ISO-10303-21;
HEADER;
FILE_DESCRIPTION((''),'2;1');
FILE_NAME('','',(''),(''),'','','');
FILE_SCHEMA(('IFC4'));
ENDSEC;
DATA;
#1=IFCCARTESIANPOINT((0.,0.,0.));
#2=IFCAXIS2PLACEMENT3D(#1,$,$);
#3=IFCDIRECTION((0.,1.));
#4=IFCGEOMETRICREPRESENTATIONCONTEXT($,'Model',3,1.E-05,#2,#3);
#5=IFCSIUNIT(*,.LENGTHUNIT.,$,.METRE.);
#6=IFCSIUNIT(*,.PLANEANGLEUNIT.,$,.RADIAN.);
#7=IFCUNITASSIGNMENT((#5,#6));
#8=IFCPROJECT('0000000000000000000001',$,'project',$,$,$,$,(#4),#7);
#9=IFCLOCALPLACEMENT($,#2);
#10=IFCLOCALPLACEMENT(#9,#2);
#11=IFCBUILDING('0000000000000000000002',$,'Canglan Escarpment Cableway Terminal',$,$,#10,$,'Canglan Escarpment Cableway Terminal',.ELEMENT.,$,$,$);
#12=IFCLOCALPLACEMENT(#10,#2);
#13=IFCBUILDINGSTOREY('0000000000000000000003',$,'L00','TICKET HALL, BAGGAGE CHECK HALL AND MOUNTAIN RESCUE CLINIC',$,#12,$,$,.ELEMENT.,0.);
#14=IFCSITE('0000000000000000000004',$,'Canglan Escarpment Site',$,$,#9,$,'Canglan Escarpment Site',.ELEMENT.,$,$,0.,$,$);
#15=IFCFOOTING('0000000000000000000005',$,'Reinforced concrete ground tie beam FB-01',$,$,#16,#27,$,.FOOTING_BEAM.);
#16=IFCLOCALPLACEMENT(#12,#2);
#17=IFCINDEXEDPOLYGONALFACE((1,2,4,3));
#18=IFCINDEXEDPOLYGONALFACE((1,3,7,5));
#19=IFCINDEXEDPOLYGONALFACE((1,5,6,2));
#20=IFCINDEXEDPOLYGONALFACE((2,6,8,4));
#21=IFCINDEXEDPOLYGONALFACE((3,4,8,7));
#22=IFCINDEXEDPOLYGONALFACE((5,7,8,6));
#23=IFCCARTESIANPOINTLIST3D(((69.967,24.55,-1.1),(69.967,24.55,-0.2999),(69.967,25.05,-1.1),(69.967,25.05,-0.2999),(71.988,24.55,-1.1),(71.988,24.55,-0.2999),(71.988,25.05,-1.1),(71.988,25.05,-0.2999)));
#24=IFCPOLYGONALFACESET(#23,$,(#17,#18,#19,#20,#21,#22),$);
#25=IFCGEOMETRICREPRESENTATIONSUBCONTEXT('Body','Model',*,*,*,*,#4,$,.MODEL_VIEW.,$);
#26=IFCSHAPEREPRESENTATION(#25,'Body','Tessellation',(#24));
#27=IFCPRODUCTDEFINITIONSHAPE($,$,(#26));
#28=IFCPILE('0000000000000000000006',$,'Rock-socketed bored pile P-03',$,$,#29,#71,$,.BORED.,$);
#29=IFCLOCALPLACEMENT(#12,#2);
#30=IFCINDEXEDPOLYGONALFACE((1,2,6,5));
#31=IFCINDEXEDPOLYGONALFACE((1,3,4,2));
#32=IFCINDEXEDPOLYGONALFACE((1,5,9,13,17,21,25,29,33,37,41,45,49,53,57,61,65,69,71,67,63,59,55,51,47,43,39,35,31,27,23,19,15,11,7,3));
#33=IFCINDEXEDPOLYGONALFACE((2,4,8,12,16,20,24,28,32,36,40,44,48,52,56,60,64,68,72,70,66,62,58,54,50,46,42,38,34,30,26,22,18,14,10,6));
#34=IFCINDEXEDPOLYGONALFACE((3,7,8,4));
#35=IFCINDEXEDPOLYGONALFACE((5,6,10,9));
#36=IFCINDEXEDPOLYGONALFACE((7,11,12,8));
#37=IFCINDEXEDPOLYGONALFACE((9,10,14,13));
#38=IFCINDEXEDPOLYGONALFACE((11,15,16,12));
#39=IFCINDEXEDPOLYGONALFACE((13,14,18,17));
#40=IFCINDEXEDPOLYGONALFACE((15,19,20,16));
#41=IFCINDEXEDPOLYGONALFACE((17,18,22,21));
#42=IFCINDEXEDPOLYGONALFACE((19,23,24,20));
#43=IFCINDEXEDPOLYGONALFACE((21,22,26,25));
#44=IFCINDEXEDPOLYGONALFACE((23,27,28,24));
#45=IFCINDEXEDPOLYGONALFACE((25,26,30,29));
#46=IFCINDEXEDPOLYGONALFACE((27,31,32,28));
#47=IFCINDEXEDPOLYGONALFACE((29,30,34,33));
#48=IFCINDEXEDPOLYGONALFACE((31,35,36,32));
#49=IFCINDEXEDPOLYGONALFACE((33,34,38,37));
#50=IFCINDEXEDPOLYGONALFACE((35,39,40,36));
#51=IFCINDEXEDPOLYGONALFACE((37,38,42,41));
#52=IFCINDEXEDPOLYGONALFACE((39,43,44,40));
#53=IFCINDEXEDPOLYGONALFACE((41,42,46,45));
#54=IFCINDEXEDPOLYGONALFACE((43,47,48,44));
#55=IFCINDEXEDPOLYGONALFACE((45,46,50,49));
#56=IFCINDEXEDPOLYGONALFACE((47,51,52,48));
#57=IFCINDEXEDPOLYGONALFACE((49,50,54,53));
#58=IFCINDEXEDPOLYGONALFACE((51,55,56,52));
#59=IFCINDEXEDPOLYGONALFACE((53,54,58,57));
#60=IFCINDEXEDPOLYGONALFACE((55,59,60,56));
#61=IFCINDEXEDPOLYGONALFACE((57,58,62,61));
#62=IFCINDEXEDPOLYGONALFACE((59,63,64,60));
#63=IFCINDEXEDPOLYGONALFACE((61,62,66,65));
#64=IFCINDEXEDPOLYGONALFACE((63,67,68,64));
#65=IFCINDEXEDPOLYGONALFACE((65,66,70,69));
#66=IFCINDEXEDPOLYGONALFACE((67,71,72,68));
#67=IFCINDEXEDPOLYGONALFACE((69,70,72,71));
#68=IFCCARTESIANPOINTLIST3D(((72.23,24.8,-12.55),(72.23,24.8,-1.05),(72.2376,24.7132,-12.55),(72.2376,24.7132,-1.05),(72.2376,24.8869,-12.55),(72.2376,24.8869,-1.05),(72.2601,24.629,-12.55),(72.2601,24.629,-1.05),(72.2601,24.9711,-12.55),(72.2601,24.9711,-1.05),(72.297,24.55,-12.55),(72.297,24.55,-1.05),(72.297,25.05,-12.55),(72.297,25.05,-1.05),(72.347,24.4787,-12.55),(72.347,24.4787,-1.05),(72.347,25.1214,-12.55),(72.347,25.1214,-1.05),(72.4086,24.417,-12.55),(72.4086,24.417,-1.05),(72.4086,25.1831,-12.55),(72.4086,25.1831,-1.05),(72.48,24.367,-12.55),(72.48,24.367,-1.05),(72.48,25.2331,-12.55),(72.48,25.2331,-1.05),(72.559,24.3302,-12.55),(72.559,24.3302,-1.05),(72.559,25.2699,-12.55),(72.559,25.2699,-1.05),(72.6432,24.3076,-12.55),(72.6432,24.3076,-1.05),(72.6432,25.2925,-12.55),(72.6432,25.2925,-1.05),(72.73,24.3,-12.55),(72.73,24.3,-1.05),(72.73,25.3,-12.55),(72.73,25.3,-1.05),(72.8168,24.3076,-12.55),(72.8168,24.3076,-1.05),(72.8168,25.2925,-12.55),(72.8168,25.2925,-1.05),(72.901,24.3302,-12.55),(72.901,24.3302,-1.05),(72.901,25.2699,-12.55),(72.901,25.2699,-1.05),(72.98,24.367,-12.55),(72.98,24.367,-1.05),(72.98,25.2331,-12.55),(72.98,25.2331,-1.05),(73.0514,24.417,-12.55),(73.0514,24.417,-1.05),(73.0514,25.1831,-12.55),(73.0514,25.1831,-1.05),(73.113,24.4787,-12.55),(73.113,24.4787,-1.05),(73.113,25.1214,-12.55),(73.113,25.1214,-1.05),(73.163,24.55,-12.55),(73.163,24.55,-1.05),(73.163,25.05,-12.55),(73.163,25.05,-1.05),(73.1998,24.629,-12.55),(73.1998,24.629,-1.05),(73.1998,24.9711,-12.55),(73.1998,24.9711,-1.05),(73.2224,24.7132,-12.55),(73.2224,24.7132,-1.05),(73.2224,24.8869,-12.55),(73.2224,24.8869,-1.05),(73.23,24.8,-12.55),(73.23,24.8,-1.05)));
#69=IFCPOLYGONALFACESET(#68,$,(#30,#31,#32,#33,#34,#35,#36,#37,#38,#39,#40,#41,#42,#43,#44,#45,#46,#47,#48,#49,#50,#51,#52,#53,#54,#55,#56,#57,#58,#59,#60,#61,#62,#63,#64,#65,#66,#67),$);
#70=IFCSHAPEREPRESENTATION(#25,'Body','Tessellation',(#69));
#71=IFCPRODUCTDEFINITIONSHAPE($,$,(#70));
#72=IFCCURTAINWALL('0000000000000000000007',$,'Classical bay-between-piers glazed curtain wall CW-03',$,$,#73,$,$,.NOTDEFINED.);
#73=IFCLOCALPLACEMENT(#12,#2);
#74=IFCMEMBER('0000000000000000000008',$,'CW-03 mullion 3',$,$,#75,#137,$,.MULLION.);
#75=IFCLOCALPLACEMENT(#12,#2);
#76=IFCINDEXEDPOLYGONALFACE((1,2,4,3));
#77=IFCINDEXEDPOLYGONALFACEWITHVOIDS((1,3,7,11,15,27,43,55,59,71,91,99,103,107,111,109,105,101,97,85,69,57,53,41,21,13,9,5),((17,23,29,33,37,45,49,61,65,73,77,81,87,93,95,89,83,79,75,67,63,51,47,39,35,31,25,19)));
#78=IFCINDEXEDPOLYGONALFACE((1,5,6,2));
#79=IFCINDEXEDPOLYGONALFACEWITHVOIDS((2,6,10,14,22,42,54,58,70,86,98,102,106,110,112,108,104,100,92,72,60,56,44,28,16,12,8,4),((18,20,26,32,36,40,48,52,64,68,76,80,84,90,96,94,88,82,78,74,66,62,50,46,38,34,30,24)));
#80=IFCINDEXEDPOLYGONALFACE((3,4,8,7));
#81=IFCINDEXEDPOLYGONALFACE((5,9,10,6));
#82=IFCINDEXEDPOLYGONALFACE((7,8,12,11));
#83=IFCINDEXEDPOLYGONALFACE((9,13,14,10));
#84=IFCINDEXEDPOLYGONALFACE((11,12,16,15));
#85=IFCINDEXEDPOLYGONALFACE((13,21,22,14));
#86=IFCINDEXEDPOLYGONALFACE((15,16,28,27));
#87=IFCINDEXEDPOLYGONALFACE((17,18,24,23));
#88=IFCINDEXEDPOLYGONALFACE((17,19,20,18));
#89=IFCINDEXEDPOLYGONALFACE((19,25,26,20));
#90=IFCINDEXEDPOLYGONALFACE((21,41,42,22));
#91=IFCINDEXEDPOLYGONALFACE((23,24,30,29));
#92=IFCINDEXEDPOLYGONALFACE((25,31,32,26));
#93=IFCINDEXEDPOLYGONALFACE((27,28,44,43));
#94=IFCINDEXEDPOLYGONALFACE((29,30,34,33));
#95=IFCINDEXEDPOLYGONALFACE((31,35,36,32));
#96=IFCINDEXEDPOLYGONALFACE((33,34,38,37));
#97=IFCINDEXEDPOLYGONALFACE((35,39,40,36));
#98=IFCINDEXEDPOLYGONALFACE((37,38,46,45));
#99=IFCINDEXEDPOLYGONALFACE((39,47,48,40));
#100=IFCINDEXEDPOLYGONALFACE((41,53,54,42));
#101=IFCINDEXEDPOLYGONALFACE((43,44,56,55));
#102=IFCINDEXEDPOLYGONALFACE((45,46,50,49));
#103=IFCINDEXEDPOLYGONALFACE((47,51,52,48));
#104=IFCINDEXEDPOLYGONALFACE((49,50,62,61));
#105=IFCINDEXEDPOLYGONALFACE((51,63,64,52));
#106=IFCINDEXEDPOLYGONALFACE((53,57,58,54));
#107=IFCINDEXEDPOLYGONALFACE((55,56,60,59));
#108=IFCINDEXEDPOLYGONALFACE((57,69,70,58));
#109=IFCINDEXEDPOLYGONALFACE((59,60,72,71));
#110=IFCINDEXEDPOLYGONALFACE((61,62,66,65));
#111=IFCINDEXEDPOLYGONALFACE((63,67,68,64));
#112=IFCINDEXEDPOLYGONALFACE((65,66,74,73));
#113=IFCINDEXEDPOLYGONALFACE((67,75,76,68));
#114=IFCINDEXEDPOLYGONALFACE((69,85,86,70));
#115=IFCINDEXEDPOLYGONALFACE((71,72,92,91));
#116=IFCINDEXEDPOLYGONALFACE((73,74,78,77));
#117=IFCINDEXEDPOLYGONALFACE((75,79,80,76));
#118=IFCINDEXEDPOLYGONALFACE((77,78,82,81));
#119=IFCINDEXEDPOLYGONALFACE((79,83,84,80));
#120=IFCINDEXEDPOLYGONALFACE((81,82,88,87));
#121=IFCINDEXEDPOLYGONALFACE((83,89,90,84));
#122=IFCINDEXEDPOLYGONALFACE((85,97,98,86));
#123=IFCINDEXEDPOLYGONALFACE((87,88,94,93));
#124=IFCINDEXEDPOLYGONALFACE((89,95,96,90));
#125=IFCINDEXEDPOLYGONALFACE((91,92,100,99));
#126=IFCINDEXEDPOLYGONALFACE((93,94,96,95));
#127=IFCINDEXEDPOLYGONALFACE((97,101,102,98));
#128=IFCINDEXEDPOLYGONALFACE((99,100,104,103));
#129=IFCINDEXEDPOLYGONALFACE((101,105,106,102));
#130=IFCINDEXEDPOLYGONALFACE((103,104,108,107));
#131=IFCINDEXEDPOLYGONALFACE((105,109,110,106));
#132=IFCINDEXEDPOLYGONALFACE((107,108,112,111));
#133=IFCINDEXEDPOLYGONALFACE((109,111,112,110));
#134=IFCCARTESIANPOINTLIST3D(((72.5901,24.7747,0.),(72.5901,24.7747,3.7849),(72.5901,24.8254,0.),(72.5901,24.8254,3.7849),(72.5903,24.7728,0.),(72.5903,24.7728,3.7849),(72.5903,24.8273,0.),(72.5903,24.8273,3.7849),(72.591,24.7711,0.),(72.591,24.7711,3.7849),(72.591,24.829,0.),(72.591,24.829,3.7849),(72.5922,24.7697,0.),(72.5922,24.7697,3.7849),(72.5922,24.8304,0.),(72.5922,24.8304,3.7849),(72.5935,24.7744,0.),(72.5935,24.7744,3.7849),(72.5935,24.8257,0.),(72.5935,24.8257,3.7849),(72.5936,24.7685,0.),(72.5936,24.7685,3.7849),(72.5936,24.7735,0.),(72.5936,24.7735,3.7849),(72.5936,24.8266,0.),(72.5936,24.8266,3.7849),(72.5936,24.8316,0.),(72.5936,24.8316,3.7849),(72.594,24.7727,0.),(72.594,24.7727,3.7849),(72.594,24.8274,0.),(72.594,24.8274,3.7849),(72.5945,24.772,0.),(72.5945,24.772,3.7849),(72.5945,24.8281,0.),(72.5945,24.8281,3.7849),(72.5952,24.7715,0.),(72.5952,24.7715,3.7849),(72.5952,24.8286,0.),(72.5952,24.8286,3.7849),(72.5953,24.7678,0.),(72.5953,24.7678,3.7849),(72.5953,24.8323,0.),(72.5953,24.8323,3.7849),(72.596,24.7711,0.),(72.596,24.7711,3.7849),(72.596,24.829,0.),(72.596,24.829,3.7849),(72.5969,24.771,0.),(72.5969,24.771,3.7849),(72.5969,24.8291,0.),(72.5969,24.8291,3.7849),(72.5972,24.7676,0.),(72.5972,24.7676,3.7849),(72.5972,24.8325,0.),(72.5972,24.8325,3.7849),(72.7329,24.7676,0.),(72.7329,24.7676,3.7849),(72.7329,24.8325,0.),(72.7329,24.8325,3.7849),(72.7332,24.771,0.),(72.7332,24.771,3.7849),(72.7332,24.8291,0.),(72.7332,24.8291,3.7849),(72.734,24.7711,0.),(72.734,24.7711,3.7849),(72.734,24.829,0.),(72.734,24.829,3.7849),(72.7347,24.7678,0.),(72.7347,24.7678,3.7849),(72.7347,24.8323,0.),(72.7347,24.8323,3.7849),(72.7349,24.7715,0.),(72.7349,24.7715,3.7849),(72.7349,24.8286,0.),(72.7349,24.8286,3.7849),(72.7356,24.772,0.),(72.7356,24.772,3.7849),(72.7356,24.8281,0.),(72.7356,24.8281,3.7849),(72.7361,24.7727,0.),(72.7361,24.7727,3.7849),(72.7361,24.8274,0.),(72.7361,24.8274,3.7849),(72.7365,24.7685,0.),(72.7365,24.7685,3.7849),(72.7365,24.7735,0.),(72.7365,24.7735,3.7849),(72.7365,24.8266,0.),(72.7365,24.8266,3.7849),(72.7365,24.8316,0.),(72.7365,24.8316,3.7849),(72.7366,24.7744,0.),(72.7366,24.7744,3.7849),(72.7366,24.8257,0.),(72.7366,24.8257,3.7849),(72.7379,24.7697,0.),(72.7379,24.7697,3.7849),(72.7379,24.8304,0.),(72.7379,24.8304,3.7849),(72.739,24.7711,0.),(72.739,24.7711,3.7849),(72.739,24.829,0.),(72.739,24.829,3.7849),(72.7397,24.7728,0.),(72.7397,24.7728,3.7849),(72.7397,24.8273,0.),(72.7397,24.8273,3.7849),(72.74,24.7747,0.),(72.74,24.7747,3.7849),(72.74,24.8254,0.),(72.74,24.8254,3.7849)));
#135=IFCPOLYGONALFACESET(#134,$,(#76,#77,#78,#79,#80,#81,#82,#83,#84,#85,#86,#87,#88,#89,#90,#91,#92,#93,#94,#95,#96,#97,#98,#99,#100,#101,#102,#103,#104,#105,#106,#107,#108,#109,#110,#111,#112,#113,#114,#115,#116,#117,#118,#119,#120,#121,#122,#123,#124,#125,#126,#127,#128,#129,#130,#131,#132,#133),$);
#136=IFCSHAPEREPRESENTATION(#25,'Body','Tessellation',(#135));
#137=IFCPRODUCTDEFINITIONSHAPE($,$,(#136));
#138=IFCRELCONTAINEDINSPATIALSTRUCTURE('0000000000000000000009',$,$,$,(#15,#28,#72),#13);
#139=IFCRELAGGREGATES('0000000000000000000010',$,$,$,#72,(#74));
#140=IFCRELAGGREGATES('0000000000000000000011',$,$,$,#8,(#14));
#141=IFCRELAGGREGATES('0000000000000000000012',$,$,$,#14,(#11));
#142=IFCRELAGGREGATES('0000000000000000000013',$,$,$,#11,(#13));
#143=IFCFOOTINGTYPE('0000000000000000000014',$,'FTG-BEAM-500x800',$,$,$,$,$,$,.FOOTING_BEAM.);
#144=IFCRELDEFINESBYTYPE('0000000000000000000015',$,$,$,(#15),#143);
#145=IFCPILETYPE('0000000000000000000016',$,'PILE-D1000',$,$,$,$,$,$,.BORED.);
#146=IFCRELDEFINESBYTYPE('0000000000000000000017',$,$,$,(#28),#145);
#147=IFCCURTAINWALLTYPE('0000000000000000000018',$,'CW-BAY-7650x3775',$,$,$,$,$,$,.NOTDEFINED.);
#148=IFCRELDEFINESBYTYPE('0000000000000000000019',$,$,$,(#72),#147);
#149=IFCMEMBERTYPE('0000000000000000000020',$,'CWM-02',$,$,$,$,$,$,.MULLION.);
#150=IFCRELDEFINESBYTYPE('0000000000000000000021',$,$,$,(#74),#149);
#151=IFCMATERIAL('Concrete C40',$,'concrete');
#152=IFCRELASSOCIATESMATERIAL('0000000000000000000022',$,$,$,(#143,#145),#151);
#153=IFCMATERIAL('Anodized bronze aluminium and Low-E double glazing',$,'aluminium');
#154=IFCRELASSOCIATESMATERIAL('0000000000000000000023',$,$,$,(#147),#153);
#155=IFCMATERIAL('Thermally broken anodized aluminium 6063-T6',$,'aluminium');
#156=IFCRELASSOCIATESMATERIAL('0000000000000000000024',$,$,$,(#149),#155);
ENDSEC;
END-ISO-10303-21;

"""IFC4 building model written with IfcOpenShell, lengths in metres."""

from ifc_helpers import new_model, si_unit, direction, frame, origin, origin_2d, place, context, subcontext, project, spatial, rectangle, hollow_rectangle, circle, extrude, material, material_profile, profile_set, type_object, element, aggregate, save


model = new_model("IFC4")

# Units and contexts
model_context = context("Model", 3, precision=1e-05, world=origin(), true_north=direction((0.0, 1.0)))
body_context = subcontext(model_context, "Body", "Model", "MODEL_VIEW")
ifc_project = project(units=[si_unit("LENGTHUNIT", "METRE"), si_unit("PLANEANGLEUNIT", "RADIAN")], contexts=[model_context])

# Site, building, storey
site_placement = place(None, origin())
site = spatial("IfcSite", under=ifc_project, at=site_placement, Name="Canglan Escarpment Site", LongName="Canglan Escarpment Site", CompositionType="ELEMENT", RefElevation=0.0)
building_placement = place(site_placement, origin())
building = spatial("IfcBuilding", under=site, at=building_placement, Name="Canglan Escarpment Cableway Terminal", LongName="Canglan Escarpment Cableway Terminal", CompositionType="ELEMENT")
storey_placement = place(building_placement, origin())
storey = spatial("IfcBuildingStorey", under=building, at=storey_placement, Name="L00", Description="TICKET HALL, BAGGAGE CHECK HALL AND MOUNTAIN RESCUE CLINIC", CompositionType="ELEMENT", Elevation=0.0)

# Footing
ifc_material_1 = material(Name="Concrete C40", Category="concrete")
ifc_material_profile_1 = material_profile(ifc_material_1, rectangle(XDim=0.5, YDim=0.8, at=origin_2d()), Name="FB 500x800")
ifc_profile_set_1 = profile_set([ifc_material_profile_1], Name="Concrete C40")
footing_type = type_object("IfcFootingType", Name="FTG-BEAM-500x800", PredefinedType="FOOTING_BEAM", material=ifc_profile_set_1)
footing_placement = place(storey_placement, frame((69.967, 24.8, -0.7), z_axis=(1.0, 0.0, 0.0), x_axis=(0.0, 1.0, 0.0)))
element("IfcFooting", 1, at=footing_placement, inside=storey, type_object=footing_type, Name="Reinforced concrete ground tie beam FB-01", PredefinedType="FOOTING_BEAM", context=body_context, shape_type="SweptSolid", body=[
    extrude(rectangle(XDim=0.5, YDim=0.8, at=origin_2d()), origin(), (0.0, 0.0, 1.0), 2.021),
])

# Pile
ifc_material_profile_2 = material_profile(ifc_material_1, circle(Radius=0.5, at=origin_2d()), Name="BORED PILE D1000")
ifc_profile_set_2 = profile_set([ifc_material_profile_2], Name="Concrete C40")
pile_type = type_object("IfcPileType", Name="PILE-D1000", PredefinedType="BORED", material=ifc_profile_set_2)
pile_placement = place(storey_placement, frame((72.73, 24.8, -1.05), z_axis=(0.0, 0.0, -1.0), x_axis=(1.0, 0.0, 0.0)))
element("IfcPile", 2, at=pile_placement, inside=storey, type_object=pile_type, Name="Rock-socketed bored pile P-03", PredefinedType="BORED", context=body_context, shape_type="SweptSolid", body=[
    extrude(circle(Radius=0.5, at=origin_2d()), origin(), (0.0, 0.0, 1.0), 11.5),
])

# Curtain wall, member
ifc_material_2 = material(Name="Anodized bronze aluminium and Low-E double glazing", Category="aluminium")
curtain_wall_type = type_object("IfcCurtainWallType", Name="CW-BAY-7650x3775", PredefinedType="NOTDEFINED", material=ifc_material_2)
curtain_wall_placement = place(storey_placement, origin())
curtain_wall = element("IfcCurtainWall", 3, at=curtain_wall_placement, inside=storey, type_object=curtain_wall_type, Name="Classical bay-between-piers glazed curtain wall CW-03", PredefinedType="NOTDEFINED")
ifc_material_3 = material(Name="Thermally broken anodized aluminium 6063-T6", Category="aluminium")
ifc_material_profile_3 = material_profile(ifc_material_3, hollow_rectangle(XDim=0.0649, YDim=0.1499, WallThickness=0.0034, InnerFilletRadius=0.0034, OuterFilletRadius=0.0071, at=origin_2d()), Name="ALU-MULL 65x150x3.5")
ifc_profile_set_3 = profile_set([ifc_material_profile_3], Name="Thermally broken anodized aluminium 6063-T6")
member_type_1 = type_object("IfcMemberType", Name="CWM-02", PredefinedType="MULLION", material=ifc_profile_set_3)
member_1_placement = place(storey_placement, frame((72.665, 24.8, 0.0), z_axis=(0.0, 0.0, 1.0), x_axis=(0.0, -1.0, 0.0)))
member_1 = element("IfcMember", 4, at=member_1_placement, type_object=member_type_1, Name="CW-03 mullion 3", PredefinedType="MULLION", context=body_context, shape_type="SweptSolid", body=[
    extrude(hollow_rectangle(XDim=0.0649, YDim=0.1499, WallThickness=0.0034, InnerFilletRadius=0.0034, OuterFilletRadius=0.0071, at=origin_2d()), origin(), (0.0, 0.0, 1.0), 3.7849),
])
aggregate(curtain_wall, [member_1])

save(model, "model.ifc")
